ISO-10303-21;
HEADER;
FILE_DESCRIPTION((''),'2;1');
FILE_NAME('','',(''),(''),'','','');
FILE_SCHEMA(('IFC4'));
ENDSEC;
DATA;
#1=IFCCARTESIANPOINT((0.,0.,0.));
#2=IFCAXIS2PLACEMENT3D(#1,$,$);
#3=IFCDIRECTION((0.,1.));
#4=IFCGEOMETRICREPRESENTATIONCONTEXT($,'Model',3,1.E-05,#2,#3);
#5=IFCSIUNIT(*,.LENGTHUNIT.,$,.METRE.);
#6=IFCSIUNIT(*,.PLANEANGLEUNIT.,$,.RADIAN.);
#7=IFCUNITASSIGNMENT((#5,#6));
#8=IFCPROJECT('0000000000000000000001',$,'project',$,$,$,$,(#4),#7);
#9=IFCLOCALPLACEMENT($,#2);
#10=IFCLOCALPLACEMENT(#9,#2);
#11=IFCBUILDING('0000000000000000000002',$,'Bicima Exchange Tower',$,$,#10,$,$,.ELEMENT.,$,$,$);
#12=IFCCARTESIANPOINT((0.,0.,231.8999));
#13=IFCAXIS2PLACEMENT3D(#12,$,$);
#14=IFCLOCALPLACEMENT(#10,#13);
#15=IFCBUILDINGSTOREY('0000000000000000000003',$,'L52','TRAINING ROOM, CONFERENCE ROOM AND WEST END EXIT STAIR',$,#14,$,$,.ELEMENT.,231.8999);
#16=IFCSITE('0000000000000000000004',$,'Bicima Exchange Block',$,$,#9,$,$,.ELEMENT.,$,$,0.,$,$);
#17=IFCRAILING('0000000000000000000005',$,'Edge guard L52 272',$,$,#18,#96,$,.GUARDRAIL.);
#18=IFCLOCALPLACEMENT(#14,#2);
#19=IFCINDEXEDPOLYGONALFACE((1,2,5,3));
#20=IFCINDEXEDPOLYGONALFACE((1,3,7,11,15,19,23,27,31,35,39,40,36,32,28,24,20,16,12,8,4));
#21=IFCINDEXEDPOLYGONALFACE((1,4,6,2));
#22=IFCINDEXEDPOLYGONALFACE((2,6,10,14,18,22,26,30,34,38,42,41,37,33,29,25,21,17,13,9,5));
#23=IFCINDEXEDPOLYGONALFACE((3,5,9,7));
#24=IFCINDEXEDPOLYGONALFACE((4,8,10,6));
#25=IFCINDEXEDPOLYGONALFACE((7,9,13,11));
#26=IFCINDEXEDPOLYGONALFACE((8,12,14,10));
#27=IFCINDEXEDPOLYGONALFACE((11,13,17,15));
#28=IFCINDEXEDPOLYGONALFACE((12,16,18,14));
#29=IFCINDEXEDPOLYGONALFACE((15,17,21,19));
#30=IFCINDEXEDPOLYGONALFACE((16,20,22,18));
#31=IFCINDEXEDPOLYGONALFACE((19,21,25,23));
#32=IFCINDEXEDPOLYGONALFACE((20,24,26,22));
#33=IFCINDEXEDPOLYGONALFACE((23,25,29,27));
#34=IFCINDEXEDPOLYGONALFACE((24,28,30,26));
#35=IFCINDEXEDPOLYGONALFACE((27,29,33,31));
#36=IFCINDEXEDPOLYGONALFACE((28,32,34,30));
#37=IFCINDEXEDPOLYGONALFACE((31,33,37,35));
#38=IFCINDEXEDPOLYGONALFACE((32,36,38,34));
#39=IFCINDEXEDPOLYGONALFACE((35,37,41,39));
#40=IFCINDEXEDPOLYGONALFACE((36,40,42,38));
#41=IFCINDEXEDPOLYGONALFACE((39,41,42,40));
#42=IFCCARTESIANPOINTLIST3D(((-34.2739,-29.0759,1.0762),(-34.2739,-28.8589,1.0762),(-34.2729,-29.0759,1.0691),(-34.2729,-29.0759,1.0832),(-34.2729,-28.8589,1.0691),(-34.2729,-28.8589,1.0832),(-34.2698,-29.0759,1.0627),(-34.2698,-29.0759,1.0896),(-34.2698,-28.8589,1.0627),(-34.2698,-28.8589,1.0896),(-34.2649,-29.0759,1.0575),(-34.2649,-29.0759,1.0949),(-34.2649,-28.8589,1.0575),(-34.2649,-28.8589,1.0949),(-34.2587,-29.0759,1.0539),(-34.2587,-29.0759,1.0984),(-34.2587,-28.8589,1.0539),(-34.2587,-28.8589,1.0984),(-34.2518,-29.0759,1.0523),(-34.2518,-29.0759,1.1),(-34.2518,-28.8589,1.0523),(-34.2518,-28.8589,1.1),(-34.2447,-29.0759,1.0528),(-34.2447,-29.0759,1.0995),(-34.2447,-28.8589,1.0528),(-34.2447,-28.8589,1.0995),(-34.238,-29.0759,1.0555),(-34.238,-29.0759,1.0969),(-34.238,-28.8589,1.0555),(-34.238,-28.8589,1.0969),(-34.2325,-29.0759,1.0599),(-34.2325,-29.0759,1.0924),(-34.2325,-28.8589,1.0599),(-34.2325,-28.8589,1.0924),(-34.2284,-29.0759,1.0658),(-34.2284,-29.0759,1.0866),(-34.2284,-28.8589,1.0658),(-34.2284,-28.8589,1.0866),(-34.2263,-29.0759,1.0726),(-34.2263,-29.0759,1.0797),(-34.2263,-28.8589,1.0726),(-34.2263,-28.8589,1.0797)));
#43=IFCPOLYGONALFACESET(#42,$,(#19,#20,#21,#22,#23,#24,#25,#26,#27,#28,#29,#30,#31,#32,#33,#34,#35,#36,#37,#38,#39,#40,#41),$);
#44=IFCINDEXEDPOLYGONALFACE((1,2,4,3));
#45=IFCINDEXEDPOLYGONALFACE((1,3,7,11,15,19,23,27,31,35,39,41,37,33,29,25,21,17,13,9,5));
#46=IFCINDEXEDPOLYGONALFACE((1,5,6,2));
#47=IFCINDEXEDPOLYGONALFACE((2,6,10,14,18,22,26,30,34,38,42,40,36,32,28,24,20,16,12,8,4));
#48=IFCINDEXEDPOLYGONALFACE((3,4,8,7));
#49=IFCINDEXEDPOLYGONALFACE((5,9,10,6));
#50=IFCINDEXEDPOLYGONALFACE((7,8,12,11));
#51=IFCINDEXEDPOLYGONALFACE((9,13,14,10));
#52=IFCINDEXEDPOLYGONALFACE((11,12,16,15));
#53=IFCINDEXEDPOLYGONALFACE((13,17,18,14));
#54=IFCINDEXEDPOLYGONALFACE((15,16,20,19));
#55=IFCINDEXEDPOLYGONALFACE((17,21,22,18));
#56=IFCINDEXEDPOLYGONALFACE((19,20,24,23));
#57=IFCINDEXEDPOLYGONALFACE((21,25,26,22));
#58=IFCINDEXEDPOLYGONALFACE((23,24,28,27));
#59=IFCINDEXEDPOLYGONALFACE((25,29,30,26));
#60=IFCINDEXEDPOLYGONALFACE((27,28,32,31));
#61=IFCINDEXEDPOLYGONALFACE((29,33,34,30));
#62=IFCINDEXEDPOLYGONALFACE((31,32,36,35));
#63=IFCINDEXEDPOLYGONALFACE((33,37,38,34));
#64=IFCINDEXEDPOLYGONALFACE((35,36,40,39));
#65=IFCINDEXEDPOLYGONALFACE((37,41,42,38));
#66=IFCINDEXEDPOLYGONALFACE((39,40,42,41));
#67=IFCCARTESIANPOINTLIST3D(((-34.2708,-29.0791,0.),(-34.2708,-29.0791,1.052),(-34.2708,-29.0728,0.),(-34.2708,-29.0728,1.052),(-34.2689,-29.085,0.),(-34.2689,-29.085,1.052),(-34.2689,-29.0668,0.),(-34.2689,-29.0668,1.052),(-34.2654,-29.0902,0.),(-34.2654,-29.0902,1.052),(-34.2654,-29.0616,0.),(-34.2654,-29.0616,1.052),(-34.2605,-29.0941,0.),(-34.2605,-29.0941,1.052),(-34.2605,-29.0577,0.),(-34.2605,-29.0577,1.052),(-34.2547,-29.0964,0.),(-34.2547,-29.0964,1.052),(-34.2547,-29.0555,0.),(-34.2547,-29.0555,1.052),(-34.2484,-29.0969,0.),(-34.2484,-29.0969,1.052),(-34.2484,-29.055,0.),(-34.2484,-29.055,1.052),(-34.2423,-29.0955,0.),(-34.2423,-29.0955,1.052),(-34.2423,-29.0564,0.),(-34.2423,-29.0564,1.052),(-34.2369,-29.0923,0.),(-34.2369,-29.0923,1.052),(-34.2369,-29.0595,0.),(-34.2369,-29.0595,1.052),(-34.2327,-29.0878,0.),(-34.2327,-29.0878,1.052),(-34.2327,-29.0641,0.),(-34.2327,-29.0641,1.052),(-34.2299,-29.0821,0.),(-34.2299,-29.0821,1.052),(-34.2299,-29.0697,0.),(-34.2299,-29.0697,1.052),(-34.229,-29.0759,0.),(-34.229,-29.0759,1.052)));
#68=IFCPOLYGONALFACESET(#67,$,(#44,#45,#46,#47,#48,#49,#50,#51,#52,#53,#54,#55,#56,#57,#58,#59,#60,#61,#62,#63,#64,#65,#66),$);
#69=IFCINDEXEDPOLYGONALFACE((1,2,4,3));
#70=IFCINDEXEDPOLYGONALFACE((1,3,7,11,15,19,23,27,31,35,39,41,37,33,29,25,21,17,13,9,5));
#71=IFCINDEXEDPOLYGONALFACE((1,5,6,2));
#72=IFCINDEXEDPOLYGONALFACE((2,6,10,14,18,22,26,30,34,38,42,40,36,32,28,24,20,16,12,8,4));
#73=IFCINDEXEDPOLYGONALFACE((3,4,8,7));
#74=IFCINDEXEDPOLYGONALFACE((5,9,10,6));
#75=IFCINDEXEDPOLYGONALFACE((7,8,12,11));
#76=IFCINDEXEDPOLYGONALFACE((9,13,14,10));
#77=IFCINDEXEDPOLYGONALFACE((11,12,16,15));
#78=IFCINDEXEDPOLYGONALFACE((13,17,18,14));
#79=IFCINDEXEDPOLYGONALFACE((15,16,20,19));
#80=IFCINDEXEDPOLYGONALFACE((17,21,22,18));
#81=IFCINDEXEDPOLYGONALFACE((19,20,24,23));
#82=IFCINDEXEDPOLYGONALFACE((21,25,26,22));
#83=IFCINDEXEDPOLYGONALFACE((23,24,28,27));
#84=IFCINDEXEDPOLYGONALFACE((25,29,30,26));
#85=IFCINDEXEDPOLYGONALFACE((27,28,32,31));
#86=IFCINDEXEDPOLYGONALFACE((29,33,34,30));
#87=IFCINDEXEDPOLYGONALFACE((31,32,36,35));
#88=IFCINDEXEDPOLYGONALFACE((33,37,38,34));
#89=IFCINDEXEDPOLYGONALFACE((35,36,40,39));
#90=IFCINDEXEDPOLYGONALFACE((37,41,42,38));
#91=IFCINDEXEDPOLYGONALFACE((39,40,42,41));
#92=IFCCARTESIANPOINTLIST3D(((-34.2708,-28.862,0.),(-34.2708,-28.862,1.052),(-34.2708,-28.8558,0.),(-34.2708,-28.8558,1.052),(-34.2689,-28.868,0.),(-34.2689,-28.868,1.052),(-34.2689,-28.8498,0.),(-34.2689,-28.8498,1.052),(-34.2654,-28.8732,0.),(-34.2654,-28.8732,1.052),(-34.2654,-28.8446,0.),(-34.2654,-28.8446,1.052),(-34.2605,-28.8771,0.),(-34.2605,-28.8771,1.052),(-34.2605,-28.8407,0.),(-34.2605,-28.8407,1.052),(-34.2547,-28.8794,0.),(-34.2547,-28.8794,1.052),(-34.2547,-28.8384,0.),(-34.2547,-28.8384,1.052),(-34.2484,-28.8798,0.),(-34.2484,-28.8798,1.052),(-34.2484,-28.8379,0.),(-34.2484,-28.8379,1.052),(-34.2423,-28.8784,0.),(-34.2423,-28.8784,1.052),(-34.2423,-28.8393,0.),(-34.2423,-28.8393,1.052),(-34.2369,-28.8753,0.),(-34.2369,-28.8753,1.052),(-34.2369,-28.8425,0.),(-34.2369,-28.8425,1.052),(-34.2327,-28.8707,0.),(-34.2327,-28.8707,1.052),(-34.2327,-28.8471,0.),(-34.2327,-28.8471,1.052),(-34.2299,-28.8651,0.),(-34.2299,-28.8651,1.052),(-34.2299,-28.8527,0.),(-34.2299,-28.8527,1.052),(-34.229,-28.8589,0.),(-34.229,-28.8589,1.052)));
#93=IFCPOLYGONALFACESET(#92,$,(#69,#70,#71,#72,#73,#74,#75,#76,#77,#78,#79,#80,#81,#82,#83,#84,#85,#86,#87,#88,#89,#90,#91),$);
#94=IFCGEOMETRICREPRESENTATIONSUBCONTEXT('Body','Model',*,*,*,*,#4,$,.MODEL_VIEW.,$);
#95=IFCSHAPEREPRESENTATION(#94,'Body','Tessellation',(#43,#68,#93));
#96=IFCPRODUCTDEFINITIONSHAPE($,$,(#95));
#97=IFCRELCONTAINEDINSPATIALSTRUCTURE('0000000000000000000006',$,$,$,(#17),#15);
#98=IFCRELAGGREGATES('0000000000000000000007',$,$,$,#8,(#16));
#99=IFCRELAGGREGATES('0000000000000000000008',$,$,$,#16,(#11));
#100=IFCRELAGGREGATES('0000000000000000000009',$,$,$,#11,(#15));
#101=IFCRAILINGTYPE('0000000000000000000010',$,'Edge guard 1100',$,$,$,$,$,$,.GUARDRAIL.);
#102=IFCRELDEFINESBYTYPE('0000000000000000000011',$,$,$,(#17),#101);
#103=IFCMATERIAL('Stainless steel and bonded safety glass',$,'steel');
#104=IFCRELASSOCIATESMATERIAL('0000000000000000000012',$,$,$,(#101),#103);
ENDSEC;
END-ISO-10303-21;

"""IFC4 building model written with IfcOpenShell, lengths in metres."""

from ifc_helpers import new_model, si_unit, direction, frame, origin, origin_2d, place, context, subcontext, project, spatial, circle, extrude, material, type_object, element, save


model = new_model("IFC4")

# Units and contexts
model_context = context("Model", 3, precision=1e-05, world=origin(), true_north=direction((0.0, 1.0)))
body_context = subcontext(model_context, "Body", "Model", "MODEL_VIEW")
ifc_project = project(units=[si_unit("LENGTHUNIT", "METRE"), si_unit("PLANEANGLEUNIT", "RADIAN")], contexts=[model_context])

# Site, building, storey
site_placement = place(None, origin())
site = spatial("IfcSite", under=ifc_project, at=site_placement, Name="Bicima Exchange Block", CompositionType="ELEMENT", RefElevation=0.0)
building_placement = place(site_placement, origin())
building = spatial("IfcBuilding", under=site, at=building_placement, Name="Bicima Exchange Tower", CompositionType="ELEMENT")
storey_placement = place(building_placement, frame((0.0, 0.0, 231.8999)))
storey = spatial("IfcBuildingStorey", under=building, at=storey_placement, Name="L52", Description="TRAINING ROOM, CONFERENCE ROOM AND WEST END EXIT STAIR", CompositionType="ELEMENT", Elevation=231.8999)

# Railing
ifc_material_1 = material(Name="Stainless steel and bonded safety glass", Category="steel")
railing_type = type_object("IfcRailingType", Name="Edge guard 1100", PredefinedType="GUARDRAIL", material=ifc_material_1)
railing_1_placement = place(storey_placement, frame((-34.25, -29.0759, 0.0)))
element("IfcRailing", 1, at=railing_1_placement, inside=storey, type_object=railing_type, Name="Edge guard L52 272", PredefinedType="GUARDRAIL", context=body_context, shape_type="SweptSolid", body=[
    extrude(circle(Radius=0.0239, at=origin_2d()), frame((0.0, 0.0, 1.0762), z_axis=(0.0, 1.0, 0.0), x_axis=(-1.0, 0.0, 0.0)), (0.0, 0.0, 1.0), 0.217),
    extrude(circle(Radius=0.021, at=origin_2d()), origin(), (0.0, 0.0, 1.0), 1.052),
    extrude(circle(Radius=0.021, at=origin_2d()), frame((0.0, 0.217, 0.0)), (0.0, 0.0, 1.0), 1.052),
])

save(model, "model.ifc")
